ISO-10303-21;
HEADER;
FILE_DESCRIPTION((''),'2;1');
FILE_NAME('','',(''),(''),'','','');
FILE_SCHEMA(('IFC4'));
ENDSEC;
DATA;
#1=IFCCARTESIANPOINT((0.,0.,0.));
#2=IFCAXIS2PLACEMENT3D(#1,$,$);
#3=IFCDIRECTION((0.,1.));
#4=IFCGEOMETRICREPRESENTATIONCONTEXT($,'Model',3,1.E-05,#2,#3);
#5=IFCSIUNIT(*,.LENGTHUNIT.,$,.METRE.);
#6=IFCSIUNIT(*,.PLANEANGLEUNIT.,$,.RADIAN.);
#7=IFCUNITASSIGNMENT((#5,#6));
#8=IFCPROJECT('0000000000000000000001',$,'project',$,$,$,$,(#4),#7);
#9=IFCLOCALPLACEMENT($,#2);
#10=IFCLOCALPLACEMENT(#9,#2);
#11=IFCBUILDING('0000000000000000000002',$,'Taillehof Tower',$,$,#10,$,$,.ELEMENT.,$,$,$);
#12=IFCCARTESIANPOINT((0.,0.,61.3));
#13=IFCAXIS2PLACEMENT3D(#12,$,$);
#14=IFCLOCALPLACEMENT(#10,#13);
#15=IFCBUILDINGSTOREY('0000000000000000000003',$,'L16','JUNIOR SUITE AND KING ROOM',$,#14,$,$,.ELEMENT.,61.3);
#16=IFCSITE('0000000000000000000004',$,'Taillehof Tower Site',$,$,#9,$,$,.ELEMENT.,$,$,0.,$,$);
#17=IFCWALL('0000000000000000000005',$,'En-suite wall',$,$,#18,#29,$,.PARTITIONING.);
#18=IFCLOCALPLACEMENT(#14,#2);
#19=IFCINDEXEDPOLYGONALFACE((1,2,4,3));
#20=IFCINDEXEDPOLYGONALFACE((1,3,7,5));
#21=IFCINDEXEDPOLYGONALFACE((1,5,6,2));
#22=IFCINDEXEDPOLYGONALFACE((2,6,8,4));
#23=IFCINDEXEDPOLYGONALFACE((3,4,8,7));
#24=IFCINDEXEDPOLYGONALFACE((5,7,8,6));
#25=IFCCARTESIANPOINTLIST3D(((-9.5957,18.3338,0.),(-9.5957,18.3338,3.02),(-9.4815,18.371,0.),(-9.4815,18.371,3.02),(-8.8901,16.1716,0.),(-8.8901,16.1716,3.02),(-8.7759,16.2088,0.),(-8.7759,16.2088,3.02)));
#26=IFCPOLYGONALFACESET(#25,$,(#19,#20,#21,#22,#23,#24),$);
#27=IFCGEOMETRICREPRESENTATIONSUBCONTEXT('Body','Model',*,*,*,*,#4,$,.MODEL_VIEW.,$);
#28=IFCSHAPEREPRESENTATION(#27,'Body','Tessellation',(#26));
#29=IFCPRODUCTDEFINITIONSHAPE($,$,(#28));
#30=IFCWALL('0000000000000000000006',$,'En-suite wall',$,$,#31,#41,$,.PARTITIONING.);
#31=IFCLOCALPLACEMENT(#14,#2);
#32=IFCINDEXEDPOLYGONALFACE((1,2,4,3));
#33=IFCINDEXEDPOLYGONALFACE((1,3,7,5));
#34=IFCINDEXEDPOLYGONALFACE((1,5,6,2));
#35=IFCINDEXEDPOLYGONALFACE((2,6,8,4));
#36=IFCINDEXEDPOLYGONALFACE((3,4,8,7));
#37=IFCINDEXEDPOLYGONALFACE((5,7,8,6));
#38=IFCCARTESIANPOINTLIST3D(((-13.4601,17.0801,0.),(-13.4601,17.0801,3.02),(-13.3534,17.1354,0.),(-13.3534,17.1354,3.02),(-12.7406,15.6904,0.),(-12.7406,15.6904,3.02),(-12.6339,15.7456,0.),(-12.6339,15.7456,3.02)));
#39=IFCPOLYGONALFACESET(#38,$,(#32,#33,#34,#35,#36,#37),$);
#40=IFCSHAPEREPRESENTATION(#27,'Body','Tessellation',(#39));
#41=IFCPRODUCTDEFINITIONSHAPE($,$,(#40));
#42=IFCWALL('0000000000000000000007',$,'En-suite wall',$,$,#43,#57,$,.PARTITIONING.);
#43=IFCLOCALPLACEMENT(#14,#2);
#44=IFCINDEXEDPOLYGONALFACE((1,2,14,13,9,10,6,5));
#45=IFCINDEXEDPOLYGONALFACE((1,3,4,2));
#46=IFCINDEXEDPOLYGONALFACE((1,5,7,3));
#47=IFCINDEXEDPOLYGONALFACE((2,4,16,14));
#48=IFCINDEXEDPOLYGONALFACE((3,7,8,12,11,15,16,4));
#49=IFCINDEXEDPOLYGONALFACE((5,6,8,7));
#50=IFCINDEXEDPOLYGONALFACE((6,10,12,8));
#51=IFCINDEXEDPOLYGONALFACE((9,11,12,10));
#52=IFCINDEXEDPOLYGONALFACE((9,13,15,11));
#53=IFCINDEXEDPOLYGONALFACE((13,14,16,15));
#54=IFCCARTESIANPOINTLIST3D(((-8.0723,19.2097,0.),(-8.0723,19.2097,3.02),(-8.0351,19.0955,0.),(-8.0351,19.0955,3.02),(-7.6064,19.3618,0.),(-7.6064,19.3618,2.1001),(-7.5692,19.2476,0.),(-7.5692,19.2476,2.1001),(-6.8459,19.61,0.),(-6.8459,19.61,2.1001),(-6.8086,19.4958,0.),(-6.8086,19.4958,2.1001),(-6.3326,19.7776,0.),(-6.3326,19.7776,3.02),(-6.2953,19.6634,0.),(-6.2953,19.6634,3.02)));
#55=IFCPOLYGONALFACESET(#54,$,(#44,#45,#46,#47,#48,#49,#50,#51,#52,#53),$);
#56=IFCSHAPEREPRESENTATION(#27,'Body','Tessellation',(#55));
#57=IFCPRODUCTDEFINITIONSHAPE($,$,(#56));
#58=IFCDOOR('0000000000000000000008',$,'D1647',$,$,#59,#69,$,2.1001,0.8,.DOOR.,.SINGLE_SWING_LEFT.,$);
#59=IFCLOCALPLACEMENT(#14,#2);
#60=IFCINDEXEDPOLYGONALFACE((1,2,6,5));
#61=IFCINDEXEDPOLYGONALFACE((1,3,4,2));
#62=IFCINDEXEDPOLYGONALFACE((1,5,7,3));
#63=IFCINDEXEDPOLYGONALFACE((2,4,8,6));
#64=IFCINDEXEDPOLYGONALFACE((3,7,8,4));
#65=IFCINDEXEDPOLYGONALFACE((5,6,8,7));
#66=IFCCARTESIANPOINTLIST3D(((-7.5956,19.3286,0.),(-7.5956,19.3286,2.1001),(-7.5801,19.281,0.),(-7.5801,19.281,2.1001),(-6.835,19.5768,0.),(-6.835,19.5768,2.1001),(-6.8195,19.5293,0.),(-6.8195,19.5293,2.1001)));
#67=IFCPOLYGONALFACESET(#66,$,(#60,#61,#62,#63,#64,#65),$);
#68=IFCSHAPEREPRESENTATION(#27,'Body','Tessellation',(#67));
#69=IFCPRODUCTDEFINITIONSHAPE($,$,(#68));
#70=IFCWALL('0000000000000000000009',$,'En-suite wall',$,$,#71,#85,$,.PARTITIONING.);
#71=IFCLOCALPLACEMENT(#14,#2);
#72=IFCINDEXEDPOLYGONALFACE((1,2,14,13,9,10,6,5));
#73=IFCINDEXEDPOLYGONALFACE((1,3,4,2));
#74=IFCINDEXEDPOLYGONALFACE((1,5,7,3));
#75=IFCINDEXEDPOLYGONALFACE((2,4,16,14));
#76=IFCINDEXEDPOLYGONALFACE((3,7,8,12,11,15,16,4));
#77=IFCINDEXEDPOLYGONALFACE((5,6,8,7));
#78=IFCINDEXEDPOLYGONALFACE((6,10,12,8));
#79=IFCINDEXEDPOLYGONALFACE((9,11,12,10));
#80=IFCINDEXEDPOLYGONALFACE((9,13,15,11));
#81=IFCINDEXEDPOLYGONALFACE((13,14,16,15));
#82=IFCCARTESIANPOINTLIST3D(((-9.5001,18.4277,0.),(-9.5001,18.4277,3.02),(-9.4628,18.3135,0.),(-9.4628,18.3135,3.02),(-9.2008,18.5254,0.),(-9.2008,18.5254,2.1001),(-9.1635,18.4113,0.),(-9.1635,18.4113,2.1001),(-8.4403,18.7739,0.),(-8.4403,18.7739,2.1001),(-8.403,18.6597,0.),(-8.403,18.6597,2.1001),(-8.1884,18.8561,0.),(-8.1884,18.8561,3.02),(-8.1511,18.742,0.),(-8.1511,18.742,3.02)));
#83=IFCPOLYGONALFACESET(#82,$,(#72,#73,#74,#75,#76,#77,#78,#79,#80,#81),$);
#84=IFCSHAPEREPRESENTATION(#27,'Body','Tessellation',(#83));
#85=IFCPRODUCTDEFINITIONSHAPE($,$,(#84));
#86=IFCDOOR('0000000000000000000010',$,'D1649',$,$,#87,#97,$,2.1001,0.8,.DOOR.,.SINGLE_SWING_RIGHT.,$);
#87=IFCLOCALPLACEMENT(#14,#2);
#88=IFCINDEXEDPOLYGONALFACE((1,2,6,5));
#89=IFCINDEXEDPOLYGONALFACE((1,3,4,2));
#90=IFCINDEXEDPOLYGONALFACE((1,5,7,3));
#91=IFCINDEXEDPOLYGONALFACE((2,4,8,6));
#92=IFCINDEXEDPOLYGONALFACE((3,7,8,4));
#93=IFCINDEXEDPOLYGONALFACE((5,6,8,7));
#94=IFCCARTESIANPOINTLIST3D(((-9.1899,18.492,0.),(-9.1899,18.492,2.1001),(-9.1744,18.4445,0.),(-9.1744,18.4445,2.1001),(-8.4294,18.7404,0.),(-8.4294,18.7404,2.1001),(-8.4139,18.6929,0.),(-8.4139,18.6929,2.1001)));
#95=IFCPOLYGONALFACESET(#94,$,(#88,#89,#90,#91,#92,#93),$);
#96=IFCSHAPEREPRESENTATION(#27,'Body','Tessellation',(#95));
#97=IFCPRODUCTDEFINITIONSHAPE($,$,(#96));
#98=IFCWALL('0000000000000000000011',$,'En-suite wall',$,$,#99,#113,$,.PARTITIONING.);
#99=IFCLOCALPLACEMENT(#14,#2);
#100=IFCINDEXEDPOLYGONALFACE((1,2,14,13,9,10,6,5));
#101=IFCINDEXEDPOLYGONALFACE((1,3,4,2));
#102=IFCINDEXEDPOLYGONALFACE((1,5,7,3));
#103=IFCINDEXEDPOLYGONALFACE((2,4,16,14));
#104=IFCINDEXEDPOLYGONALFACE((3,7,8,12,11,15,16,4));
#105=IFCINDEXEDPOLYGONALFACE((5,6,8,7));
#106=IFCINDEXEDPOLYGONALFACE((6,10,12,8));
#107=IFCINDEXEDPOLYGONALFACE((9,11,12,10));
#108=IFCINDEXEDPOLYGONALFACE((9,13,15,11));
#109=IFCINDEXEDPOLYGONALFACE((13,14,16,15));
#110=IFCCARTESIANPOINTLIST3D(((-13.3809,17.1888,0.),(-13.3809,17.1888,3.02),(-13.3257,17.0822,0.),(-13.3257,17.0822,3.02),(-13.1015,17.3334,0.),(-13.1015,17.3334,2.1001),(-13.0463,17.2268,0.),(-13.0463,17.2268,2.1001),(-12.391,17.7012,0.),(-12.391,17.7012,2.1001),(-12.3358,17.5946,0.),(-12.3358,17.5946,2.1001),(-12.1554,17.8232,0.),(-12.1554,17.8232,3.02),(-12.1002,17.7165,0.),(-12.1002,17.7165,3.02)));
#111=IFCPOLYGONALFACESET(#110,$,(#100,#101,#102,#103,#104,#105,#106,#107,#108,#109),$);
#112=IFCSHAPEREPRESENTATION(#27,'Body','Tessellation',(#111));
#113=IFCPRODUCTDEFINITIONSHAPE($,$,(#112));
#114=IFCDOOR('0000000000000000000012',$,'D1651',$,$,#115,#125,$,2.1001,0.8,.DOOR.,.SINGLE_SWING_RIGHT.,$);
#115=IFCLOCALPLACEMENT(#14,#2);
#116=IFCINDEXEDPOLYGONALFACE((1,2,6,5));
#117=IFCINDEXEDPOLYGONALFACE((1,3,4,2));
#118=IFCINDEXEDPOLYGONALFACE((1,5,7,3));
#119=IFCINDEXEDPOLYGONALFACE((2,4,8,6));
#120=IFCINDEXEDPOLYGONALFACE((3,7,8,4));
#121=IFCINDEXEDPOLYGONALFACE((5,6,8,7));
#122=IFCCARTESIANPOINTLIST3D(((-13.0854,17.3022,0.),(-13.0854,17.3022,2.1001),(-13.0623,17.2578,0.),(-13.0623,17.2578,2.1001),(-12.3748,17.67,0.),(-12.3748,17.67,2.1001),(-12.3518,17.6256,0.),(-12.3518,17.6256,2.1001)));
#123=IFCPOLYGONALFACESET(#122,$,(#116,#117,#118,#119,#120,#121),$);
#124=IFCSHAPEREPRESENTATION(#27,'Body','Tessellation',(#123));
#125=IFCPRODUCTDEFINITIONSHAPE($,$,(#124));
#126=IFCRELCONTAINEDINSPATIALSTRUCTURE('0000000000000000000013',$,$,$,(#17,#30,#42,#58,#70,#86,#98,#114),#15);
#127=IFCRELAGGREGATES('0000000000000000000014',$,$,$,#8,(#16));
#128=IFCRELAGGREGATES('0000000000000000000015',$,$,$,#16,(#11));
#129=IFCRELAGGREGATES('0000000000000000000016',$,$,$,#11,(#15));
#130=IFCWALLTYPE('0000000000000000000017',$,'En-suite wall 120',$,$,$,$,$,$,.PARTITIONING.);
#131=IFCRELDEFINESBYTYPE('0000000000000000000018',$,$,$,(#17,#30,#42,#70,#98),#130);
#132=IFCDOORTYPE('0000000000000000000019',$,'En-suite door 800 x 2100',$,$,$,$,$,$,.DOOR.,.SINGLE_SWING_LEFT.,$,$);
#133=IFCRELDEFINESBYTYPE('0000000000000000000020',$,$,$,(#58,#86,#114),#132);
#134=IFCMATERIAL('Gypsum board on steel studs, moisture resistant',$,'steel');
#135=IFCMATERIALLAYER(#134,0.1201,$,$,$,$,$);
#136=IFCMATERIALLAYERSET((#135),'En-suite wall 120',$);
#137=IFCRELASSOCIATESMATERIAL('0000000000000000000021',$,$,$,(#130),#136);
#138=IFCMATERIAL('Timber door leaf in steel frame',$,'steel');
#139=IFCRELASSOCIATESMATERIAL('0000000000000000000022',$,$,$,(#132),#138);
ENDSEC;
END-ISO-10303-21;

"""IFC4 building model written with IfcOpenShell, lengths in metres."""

from ifc_helpers import new_model, si_unit, direction, frame, frame_2d, origin, place, context, subcontext, project, spatial, rectangle, extrude, material, layer, layer_set, type_object, element, fill, save


model = new_model("IFC4")

# Units and contexts
model_context = context("Model", 3, precision=1e-05, world=origin(), true_north=direction((0.0, 1.0)))
body_context = subcontext(model_context, "Body", "Model", "MODEL_VIEW")
ifc_project = project(units=[si_unit("LENGTHUNIT", "METRE"), si_unit("PLANEANGLEUNIT", "RADIAN")], contexts=[model_context])

# Site, building, storey
site_placement = place(None, origin())
site = spatial("IfcSite", under=ifc_project, at=site_placement, Name="Taillehof Tower Site", CompositionType="ELEMENT", RefElevation=0.0)
building_placement = place(site_placement, origin())
building = spatial("IfcBuilding", under=site, at=building_placement, Name="Taillehof Tower", CompositionType="ELEMENT")
storey_placement = place(building_placement, frame((0.0, 0.0, 61.3)))
storey = spatial("IfcBuildingStorey", under=building, at=storey_placement, Name="L16", Description="JUNIOR SUITE AND KING ROOM", CompositionType="ELEMENT", Elevation=61.3)

# Walls
ifc_material_1 = material(Name="Gypsum board on steel studs, moisture resistant", Category="steel")
ifc_layer_1 = layer(ifc_material_1, 0.1201)
ifc_layer_set_1 = layer_set([ifc_layer_1], Name="En-suite wall 120")
wall_type_1 = type_object("IfcWallType", Name="En-suite wall 120", PredefinedType="PARTITIONING", material=ifc_layer_set_1)
wall_1_placement = place(storey_placement, frame((-8.833, 16.1902, 0.0), z_axis=(0.0, 0.0, 1.0), x_axis=(-0.310232, 0.950661, 0.0)))
element("IfcWall", 1, at=wall_1_placement, inside=storey, type_object=wall_type_1, Name="En-suite wall", PredefinedType="PARTITIONING", context=body_context, shape_type="SweptSolid", body=[
    extrude(rectangle(XDim=2.2744, YDim=0.1201, at=frame_2d((1.1372, 0.0))), origin(), (0.0, 0.0, 1.0), 3.02),
])
wall_2_placement = place(storey_placement, frame((-12.6873, 15.718, 0.0), z_axis=(0.0, 0.0, 1.0), x_axis=(-0.459775, 0.888035, 0.0)))
element("IfcWall", 2, at=wall_2_placement, inside=storey, type_object=wall_type_1, Name="En-suite wall", PredefinedType="PARTITIONING", context=body_context, shape_type="SweptSolid", body=[
    extrude(rectangle(XDim=1.5649, YDim=0.1201, at=frame_2d((0.7825, 0.0))), origin(), (0.0, 0.0, 1.0), 3.02),
])

# Walls, openings, doors
wall_3_placement = place(storey_placement, frame((-6.314, 19.7205, 0.0), z_axis=(0.0, 0.0, 1.0), x_axis=(-0.950639, -0.310298, 0.0)))
wall_3 = element("IfcWall", 3, at=wall_3_placement, inside=storey, type_object=wall_type_1, Name="En-suite wall", PredefinedType="PARTITIONING", context=body_context, shape_type="SweptSolid", body=[
    extrude(rectangle(XDim=1.8301, YDim=0.1201, at=frame_2d((0.915, 0.0))), origin(), (0.0, 0.0, 1.0), 3.02),
])
opening_1_placement = place(wall_3_placement, frame((0.54, 0.0, 0.0)))
opening_1 = element("IfcOpeningElement", 4, at=opening_1_placement, cuts=wall_3, PredefinedType="OPENING", context=body_context, shape_type="SweptSolid", body=[
    extrude(rectangle(XDim=0.8, YDim=2.1001, at=frame_2d((0.3999, 1.05))), frame((0.0, 0.0701, 0.0), z_axis=(0.0, -1.0, 0.0), x_axis=(1.0, 0.0, 0.0)), (0.0, 0.0, 1.0), 0.1401),
])
ifc_material_2 = material(Name="Timber door leaf in steel frame", Category="steel")
door_type_1 = type_object("IfcDoorType", Name="En-suite door 800 x 2100", OperationType="SINGLE_SWING_LEFT", PredefinedType="DOOR", material=ifc_material_2)
door_1_placement = place(opening_1_placement, origin())
door_1 = element("IfcDoor", 5, at=door_1_placement, inside=storey, type_object=door_type_1, Name="D1647", OperationType="SINGLE_SWING_LEFT", OverallHeight=2.1001, OverallWidth=0.8, PredefinedType="DOOR", context=body_context, shape_type="SweptSolid", body=[
    extrude(rectangle(XDim=0.8, YDim=2.1001, at=frame_2d((0.3999, 1.05))), frame((0.0, 0.0249, 0.0), z_axis=(0.0, -1.0, 0.0), x_axis=(1.0, 0.0, 0.0)), (0.0, 0.0, 1.0), 0.05),
])
fill(opening_1, door_1)
wall_4_placement = place(storey_placement, frame((-9.4814, 18.3706, 0.0), z_axis=(0.0, 0.0, 1.0), x_axis=(0.950577, 0.31049, 0.0)))
wall_4 = element("IfcWall", 6, at=wall_4_placement, inside=storey, type_object=wall_type_1, Name="En-suite wall", PredefinedType="PARTITIONING", context=body_context, shape_type="SweptSolid", body=[
    extrude(rectangle(XDim=1.3799, YDim=0.1201, at=frame_2d((0.6899, 0.0))), origin(), (0.0, 0.0, 1.0), 3.02),
])
opening_2_placement = place(wall_4_placement, frame((0.3149, 0.0, 0.0)))
opening_2 = element("IfcOpeningElement", 7, at=opening_2_placement, cuts=wall_4, PredefinedType="OPENING", context=body_context, shape_type="SweptSolid", body=[
    extrude(rectangle(XDim=0.8, YDim=2.1001, at=frame_2d((0.3999, 1.05))), frame((0.0, 0.0701, 0.0), z_axis=(0.0, -1.0, 0.0), x_axis=(1.0, 0.0, 0.0)), (0.0, 0.0, 1.0), 0.1401),
])
door_2_placement = place(opening_2_placement, origin())
door_2 = element("IfcDoor", 8, at=door_2_placement, inside=storey, type_object=door_type_1, Name="D1649", OperationType="SINGLE_SWING_RIGHT", OverallHeight=2.1001, OverallWidth=0.8, PredefinedType="DOOR", context=body_context, shape_type="SweptSolid", body=[
    extrude(rectangle(XDim=0.8, YDim=2.1001, at=frame_2d((0.3999, 1.05))), frame((0.0, 0.0249, 0.0), z_axis=(0.0, -1.0, 0.0), x_axis=(1.0, 0.0, 0.0)), (0.0, 0.0, 1.0), 0.05),
])
fill(opening_2, door_2)
wall_5_placement = place(storey_placement, frame((-13.3533, 17.1355, 0.0), z_axis=(0.0, 0.0, 1.0), x_axis=(0.888076, 0.459697, 0.0)))
wall_5 = element("IfcWall", 9, at=wall_5_placement, inside=storey, type_object=wall_type_1, Name="En-suite wall", PredefinedType="PARTITIONING", context=body_context, shape_type="SweptSolid", body=[
    extrude(rectangle(XDim=1.3799, YDim=0.1201, at=frame_2d((0.6899, 0.0))), origin(), (0.0, 0.0, 1.0), 3.02),
])
opening_3_placement = place(wall_5_placement, frame((0.3147, 0.0, 0.0)))
opening_3 = element("IfcOpeningElement", 10, at=opening_3_placement, cuts=wall_5, PredefinedType="OPENING", context=body_context, shape_type="SweptSolid", body=[
    extrude(rectangle(XDim=0.8, YDim=2.1001, at=frame_2d((0.3999, 1.05))), frame((0.0, 0.0701, 0.0), z_axis=(0.0, -1.0, 0.0), x_axis=(1.0, 0.0, 0.0)), (0.0, 0.0, 1.0), 0.1401),
])
door_3_placement = place(opening_3_placement, origin())
door_3 = element("IfcDoor", 11, at=door_3_placement, inside=storey, type_object=door_type_1, Name="D1651", OperationType="SINGLE_SWING_RIGHT", OverallHeight=2.1001, OverallWidth=0.8, PredefinedType="DOOR", context=body_context, shape_type="SweptSolid", body=[
    extrude(rectangle(XDim=0.8, YDim=2.1001, at=frame_2d((0.3999, 1.05))), frame((0.0, 0.0249, 0.0), z_axis=(0.0, -1.0, 0.0), x_axis=(1.0, 0.0, 0.0)), (0.0, 0.0, 1.0), 0.05),
])
fill(opening_3, door_3)

save(model, "model.ifc")
